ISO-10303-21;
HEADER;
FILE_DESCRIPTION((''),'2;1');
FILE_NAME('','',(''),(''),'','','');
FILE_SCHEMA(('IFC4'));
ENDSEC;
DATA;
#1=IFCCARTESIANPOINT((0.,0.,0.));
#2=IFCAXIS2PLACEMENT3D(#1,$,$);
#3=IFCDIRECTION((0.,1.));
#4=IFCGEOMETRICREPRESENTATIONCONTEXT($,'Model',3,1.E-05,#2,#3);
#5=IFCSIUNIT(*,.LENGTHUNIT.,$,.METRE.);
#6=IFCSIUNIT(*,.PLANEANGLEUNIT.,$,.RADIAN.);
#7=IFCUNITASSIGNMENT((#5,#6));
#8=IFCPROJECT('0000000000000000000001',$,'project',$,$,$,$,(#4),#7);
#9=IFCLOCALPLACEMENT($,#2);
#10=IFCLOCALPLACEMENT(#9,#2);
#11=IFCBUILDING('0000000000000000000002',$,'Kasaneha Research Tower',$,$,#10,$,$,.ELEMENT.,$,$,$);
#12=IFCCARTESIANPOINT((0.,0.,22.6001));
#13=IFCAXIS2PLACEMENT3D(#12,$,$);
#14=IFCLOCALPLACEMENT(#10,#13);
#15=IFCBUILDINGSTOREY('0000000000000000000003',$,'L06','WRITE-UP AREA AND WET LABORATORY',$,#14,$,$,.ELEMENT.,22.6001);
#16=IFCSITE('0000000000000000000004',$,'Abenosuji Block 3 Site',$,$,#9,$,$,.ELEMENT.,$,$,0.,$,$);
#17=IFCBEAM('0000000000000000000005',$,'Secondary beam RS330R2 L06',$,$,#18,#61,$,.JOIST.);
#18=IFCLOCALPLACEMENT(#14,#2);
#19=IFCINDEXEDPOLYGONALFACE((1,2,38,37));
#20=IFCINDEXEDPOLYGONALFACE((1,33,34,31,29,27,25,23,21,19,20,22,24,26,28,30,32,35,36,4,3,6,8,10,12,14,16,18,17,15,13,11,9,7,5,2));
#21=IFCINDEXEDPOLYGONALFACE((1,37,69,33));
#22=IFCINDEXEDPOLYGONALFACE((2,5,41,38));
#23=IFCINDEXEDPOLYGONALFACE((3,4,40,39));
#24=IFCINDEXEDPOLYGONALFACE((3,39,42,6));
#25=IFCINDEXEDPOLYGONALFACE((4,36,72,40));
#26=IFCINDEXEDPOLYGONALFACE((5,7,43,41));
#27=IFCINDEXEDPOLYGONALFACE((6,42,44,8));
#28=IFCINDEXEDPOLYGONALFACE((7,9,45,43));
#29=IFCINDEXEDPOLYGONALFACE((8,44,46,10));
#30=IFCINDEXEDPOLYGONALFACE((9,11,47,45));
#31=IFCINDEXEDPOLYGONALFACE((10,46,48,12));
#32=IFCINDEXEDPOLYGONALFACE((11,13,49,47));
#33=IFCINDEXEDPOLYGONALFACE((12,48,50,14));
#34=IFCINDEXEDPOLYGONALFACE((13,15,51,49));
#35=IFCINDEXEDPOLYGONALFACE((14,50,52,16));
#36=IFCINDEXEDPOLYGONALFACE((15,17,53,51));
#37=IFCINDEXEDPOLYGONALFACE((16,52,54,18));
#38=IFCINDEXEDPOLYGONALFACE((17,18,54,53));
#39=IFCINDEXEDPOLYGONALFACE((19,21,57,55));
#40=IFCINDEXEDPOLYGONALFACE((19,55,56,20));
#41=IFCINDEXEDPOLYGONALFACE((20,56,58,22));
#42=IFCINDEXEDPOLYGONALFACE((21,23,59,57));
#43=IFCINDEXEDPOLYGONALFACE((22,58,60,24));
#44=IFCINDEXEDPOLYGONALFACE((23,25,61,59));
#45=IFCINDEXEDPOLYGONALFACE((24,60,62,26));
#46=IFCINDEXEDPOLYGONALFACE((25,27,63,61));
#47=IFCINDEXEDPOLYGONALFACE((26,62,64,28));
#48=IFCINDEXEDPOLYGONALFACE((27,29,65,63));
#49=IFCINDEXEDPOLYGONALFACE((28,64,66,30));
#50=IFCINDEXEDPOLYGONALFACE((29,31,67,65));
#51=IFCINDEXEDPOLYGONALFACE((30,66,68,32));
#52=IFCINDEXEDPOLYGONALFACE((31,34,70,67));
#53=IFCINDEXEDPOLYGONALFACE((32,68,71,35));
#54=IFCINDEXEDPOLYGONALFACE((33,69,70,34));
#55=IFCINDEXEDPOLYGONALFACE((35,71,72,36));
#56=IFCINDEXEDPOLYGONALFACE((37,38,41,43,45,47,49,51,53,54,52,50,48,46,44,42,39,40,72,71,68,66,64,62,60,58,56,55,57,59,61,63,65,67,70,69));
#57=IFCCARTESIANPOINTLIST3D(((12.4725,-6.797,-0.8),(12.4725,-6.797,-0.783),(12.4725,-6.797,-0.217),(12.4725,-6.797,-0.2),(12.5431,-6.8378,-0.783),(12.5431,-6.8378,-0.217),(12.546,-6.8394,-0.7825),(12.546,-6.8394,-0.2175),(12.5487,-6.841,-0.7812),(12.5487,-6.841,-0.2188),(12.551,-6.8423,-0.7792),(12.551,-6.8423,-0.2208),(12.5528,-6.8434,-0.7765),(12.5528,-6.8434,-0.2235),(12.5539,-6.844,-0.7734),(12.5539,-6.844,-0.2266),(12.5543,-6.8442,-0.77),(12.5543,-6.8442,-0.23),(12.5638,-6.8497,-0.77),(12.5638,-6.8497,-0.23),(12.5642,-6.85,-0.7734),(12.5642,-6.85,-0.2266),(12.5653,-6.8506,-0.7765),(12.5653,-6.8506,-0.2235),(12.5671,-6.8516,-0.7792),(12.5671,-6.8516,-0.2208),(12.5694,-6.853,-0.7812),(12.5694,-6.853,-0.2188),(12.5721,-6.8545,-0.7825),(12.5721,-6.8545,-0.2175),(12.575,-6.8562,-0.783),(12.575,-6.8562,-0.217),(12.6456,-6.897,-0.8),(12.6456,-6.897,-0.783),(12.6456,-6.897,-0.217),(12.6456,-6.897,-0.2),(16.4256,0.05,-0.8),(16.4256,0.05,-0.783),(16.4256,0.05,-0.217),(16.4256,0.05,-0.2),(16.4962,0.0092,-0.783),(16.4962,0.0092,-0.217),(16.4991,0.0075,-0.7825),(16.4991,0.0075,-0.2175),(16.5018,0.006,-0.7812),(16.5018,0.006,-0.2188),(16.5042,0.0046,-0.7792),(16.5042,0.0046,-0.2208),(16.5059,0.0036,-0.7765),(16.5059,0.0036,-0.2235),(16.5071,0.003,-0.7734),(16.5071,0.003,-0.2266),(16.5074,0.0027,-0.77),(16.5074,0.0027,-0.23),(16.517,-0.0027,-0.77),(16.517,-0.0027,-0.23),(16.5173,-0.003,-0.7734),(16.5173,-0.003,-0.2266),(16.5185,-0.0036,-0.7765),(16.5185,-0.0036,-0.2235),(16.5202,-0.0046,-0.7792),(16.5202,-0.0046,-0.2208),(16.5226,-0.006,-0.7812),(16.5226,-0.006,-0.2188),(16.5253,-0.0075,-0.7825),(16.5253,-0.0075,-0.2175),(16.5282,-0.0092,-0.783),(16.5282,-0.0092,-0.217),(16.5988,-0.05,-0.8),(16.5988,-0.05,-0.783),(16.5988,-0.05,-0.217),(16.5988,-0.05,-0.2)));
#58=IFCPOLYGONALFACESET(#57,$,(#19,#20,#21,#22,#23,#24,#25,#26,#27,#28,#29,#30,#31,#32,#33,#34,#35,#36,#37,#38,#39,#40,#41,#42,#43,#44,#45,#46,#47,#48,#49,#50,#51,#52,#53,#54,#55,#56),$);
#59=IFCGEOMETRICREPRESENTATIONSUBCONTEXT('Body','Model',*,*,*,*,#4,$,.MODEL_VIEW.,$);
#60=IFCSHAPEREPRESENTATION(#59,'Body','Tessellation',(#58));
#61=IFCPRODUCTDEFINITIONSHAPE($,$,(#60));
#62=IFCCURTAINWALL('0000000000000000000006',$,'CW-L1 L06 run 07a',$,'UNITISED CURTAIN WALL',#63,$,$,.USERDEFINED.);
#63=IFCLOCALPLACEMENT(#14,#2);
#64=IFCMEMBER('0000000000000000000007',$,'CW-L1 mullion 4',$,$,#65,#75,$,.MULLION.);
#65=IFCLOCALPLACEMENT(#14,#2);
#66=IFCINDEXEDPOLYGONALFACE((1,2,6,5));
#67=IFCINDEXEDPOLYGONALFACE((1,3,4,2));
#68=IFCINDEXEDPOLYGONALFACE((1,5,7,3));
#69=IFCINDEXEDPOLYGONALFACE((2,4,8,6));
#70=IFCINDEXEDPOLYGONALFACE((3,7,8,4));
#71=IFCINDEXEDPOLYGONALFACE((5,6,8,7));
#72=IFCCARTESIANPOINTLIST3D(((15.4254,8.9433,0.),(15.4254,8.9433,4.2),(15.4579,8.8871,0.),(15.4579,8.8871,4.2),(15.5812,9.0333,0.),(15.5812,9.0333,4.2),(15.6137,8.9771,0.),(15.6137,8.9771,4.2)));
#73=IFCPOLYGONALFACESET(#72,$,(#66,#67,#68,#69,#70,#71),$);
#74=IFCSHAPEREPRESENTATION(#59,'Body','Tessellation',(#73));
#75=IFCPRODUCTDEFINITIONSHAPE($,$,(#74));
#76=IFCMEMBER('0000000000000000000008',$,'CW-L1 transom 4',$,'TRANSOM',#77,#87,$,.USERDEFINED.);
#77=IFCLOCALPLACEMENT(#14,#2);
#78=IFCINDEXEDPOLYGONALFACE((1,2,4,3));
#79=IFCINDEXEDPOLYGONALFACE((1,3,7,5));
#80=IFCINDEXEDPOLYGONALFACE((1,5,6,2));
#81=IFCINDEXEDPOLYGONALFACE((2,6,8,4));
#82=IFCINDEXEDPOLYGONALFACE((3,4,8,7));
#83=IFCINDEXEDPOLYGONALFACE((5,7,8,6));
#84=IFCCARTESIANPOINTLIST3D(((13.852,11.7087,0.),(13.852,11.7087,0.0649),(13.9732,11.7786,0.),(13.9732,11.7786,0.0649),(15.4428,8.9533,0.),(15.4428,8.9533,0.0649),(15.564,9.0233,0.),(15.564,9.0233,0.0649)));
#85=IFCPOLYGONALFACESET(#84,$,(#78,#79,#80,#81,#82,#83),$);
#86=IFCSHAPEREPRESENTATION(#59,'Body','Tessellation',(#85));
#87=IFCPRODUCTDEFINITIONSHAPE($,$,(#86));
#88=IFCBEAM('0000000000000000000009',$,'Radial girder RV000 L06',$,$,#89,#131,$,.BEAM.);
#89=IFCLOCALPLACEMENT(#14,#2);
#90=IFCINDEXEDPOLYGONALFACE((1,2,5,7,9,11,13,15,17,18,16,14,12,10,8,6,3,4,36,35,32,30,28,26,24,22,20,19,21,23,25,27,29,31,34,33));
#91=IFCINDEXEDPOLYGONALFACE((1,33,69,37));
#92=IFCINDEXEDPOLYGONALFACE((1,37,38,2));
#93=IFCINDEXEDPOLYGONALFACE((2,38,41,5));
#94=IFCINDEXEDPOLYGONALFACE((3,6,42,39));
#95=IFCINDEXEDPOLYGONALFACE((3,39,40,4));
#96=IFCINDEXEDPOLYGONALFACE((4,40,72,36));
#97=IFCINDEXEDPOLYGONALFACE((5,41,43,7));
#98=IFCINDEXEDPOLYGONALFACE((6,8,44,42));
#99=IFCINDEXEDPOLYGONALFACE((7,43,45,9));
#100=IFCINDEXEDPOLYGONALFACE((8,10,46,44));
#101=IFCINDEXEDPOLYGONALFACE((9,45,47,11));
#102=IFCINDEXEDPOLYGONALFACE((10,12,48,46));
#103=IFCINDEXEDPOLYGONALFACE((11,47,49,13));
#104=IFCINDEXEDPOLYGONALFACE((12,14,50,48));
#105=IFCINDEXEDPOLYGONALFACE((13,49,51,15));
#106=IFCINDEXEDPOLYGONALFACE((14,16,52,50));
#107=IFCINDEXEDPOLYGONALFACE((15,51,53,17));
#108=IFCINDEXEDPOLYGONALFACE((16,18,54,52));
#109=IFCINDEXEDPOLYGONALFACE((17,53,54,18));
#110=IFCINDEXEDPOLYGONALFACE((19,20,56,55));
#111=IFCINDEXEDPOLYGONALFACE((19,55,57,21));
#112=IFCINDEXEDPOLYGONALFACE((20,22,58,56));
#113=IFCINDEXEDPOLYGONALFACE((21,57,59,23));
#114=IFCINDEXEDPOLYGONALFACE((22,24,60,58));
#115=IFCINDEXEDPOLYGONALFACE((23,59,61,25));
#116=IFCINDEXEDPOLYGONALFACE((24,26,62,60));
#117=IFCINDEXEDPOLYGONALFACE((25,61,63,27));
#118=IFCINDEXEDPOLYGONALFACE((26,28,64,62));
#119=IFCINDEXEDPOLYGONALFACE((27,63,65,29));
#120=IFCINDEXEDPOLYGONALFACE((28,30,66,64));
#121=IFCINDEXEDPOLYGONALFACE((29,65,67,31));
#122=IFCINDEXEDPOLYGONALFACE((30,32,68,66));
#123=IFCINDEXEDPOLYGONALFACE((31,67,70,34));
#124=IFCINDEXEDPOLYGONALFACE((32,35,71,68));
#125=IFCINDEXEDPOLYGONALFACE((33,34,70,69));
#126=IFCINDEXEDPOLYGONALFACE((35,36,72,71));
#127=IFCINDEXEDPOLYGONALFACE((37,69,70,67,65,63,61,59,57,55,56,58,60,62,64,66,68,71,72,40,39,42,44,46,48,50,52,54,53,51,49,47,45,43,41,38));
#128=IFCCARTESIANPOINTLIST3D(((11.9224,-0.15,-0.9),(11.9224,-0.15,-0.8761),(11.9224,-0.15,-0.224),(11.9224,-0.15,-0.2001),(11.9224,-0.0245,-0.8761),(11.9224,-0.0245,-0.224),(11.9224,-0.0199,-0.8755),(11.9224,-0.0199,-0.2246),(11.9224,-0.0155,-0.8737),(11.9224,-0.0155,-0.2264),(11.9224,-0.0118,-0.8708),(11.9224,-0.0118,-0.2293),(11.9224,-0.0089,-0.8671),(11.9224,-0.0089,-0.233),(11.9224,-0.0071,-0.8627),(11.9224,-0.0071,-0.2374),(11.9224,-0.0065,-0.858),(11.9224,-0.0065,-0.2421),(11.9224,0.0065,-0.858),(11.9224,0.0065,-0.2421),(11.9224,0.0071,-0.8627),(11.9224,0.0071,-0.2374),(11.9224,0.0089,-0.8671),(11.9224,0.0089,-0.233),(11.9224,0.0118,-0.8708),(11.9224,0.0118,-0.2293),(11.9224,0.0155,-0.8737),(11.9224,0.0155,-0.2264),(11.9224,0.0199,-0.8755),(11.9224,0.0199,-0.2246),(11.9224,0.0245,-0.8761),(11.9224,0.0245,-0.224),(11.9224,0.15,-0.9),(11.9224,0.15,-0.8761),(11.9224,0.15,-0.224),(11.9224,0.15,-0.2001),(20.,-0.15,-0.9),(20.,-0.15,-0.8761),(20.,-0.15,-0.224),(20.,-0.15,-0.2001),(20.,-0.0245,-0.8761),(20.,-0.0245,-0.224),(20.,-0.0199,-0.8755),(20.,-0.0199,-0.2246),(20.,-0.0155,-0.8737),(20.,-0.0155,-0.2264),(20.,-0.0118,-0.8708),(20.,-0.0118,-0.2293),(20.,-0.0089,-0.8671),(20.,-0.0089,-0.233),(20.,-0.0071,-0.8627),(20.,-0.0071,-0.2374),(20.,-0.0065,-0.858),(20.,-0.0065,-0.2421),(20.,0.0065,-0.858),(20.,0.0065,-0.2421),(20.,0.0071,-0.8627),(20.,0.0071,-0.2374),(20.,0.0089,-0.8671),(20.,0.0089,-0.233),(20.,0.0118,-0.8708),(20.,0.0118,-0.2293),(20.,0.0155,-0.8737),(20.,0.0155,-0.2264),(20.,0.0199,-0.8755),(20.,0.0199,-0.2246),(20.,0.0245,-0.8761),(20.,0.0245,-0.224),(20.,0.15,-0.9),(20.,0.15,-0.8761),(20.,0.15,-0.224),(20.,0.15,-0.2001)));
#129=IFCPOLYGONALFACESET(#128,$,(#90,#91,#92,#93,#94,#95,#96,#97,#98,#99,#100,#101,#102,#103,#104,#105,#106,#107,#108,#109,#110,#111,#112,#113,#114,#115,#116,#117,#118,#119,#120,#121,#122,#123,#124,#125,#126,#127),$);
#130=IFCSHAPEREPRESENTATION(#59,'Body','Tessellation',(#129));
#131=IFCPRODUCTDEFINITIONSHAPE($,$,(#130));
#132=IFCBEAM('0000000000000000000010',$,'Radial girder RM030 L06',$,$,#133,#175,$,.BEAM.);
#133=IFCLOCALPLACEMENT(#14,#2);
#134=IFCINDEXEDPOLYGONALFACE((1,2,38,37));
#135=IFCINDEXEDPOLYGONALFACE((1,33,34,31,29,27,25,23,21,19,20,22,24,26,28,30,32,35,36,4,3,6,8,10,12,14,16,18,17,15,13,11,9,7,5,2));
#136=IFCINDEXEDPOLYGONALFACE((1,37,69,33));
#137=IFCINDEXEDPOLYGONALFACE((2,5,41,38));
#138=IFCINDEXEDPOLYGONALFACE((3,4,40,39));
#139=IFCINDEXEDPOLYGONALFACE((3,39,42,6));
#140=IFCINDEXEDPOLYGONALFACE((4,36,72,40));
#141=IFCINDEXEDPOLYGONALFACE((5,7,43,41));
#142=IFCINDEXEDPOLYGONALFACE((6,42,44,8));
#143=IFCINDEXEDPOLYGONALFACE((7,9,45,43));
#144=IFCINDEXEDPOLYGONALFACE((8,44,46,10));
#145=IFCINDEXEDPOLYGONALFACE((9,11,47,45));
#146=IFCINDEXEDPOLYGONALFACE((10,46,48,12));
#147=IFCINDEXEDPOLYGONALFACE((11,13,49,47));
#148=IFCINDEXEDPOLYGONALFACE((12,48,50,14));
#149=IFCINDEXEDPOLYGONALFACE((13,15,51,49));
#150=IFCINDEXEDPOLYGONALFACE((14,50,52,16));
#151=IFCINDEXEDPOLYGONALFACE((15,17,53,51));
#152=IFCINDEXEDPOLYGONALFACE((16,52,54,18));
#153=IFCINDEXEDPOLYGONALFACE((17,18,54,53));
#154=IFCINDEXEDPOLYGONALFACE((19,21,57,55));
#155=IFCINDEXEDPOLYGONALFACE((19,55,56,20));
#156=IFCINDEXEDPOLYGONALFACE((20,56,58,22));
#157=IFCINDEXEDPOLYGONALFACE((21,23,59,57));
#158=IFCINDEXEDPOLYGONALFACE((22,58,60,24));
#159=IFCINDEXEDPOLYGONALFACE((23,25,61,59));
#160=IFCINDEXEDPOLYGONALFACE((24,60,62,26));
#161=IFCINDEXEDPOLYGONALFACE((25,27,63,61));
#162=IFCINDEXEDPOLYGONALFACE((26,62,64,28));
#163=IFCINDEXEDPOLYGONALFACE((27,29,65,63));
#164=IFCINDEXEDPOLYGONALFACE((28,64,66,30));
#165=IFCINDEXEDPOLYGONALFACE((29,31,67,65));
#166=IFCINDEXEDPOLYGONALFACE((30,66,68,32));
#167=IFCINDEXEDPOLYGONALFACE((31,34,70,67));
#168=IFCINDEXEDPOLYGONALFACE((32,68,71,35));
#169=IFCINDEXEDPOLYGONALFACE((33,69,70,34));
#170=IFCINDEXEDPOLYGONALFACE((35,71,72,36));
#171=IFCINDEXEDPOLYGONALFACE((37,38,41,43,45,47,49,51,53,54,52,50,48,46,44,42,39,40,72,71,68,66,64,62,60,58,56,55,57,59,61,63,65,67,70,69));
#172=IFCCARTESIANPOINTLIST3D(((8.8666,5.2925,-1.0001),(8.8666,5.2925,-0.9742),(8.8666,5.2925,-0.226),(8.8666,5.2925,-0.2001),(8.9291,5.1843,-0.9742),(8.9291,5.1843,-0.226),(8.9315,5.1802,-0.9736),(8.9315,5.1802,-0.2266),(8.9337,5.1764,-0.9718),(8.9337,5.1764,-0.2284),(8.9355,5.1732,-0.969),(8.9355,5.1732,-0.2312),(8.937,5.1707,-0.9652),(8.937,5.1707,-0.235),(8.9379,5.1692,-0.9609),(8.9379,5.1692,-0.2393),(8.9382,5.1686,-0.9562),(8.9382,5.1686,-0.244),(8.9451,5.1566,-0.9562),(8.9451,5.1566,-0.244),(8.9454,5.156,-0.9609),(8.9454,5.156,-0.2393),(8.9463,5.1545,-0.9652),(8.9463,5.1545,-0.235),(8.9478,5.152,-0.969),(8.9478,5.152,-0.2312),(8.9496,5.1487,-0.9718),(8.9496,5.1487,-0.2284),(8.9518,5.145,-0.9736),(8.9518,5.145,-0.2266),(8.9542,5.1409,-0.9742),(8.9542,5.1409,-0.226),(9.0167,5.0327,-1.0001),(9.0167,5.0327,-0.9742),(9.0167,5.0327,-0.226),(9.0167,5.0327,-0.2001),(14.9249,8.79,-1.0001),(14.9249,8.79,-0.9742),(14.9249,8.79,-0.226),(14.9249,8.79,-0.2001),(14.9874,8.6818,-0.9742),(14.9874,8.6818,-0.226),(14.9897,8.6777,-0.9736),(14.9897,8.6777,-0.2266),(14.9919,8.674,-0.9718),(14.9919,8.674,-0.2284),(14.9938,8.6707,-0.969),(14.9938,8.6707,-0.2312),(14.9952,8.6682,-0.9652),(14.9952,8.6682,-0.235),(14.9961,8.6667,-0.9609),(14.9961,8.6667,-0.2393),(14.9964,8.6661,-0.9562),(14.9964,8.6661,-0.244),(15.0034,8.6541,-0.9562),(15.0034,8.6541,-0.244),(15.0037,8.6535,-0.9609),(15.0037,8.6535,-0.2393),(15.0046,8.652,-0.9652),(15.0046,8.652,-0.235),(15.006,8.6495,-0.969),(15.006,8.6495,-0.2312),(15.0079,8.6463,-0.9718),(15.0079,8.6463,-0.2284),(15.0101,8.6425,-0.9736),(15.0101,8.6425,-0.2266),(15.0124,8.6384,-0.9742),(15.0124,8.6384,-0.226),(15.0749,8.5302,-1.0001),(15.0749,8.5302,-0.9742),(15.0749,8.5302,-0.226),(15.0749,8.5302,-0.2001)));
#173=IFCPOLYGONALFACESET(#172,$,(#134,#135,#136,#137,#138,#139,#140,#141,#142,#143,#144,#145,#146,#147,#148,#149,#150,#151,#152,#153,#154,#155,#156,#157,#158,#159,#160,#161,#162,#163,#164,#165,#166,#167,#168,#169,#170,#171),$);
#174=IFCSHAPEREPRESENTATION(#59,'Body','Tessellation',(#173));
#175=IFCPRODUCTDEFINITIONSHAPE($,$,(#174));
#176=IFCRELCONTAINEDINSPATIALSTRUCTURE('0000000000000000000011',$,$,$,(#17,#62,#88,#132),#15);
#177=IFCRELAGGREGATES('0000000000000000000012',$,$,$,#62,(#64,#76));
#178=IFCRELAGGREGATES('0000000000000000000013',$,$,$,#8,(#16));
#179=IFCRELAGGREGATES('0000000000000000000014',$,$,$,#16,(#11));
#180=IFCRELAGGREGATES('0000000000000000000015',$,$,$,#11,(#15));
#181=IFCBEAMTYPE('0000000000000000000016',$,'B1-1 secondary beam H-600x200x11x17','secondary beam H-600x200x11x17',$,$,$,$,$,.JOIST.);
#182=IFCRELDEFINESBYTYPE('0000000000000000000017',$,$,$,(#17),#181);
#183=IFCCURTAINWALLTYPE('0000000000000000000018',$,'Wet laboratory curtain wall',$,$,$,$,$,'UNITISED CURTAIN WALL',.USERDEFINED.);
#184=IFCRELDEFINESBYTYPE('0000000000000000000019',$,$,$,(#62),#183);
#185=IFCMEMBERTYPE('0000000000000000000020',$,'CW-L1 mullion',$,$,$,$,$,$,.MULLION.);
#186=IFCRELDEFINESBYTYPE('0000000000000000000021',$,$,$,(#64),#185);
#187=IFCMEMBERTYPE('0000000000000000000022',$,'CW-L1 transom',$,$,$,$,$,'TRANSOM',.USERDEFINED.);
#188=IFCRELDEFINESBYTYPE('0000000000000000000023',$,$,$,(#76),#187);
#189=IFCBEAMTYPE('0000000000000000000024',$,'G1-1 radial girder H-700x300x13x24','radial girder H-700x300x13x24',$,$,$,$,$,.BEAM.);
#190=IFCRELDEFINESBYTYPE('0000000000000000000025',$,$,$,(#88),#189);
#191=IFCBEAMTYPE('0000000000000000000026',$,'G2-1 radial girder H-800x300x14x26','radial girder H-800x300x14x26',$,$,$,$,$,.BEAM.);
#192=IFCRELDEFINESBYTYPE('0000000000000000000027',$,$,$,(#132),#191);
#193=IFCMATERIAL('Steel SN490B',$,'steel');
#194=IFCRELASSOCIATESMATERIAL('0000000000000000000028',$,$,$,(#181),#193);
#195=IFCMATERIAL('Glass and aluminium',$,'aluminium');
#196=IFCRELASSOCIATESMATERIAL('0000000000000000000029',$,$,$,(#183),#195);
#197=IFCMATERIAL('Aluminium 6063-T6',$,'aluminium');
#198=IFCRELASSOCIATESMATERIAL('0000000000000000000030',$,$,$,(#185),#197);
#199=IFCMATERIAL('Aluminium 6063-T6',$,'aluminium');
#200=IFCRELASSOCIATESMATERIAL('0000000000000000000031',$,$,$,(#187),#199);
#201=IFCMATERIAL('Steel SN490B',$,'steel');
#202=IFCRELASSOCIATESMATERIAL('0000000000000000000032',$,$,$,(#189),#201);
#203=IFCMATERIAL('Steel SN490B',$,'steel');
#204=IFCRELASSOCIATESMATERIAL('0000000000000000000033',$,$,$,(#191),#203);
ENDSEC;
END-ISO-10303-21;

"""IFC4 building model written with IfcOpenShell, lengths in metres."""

from ifc_helpers import new_model, si_unit, direction, frame, origin, origin_2d, place, context, subcontext, project, spatial, rectangle, i_section, extrude, material, material_profile, profile_set, type_object, element, aggregate, save


model = new_model("IFC4")

# Units and contexts
model_context = context("Model", 3, precision=1e-05, world=origin(), true_north=direction((0.0, 1.0)))
body_context = subcontext(model_context, "Body", "Model", "MODEL_VIEW")
ifc_project = project(units=[si_unit("LENGTHUNIT", "METRE"), si_unit("PLANEANGLEUNIT", "RADIAN")], contexts=[model_context])

# Site, building, storey
site_placement = place(None, origin())
site = spatial("IfcSite", under=ifc_project, at=site_placement, Name="Abenosuji Block 3 Site", CompositionType="ELEMENT", RefElevation=0.0)
building_placement = place(site_placement, origin())
building = spatial("IfcBuilding", under=site, at=building_placement, Name="Kasaneha Research Tower", CompositionType="ELEMENT")
storey_placement = place(building_placement, frame((0.0, 0.0, 22.6001)))
storey = spatial("IfcBuildingStorey", under=building, at=storey_placement, Name="L06", Description="WRITE-UP AREA AND WET LABORATORY", CompositionType="ELEMENT", Elevation=22.6001)

# Beam
ifc_material_1 = material(Name="Steel SN490B", Category="steel")
ifc_material_profile_1 = material_profile(ifc_material_1, i_section(OverallWidth=0.2, OverallDepth=0.6001, WebThickness=0.011, FlangeThickness=0.0171, FilletRadius=0.0129, at=origin_2d()), Name="H-600x200x11x17")
ifc_profile_set_1 = profile_set([ifc_material_profile_1], Name="Steel SN490B")
beam_type_1 = type_object("IfcBeamType", Name="B1-1 secondary beam H-600x200x11x17", Description="secondary beam H-600x200x11x17", PredefinedType="JOIST", material=ifc_profile_set_1)
beam_1_placement = place(storey_placement, frame((16.5122, 0.0, -0.5), z_axis=(-0.500005, -0.866023, 0.0), x_axis=(0.866023, -0.500005, 0.0)))
element("IfcBeam", 1, at=beam_1_placement, inside=storey, type_object=beam_type_1, Name="Secondary beam RS330R2 L06", PredefinedType="JOIST", context=body_context, shape_type="SweptSolid", body=[
    extrude(i_section(OverallWidth=0.2, OverallDepth=0.6001, WebThickness=0.011, FlangeThickness=0.0171, FilletRadius=0.0129, at=origin_2d()), origin(), (0.0, 0.0, 1.0), 7.9062),
])

# Curtain wall, members
ifc_material_2 = material(Name="Glass and aluminium", Category="aluminium")
curtain_wall_type = type_object("IfcCurtainWallType", Name="Wet laboratory curtain wall", ElementType="UNITISED CURTAIN WALL", PredefinedType="USERDEFINED", material=ifc_material_2)
curtain_wall_placement = place(storey_placement, origin())
curtain_wall = element("IfcCurtainWall", 2, at=curtain_wall_placement, inside=storey, type_object=curtain_wall_type, Name="CW-L1 L06 run 07a", ObjectType="UNITISED CURTAIN WALL", PredefinedType="USERDEFINED")
ifc_material_3 = material(Name="Aluminium 6063-T6", Category="aluminium")
ifc_material_profile_2 = material_profile(ifc_material_3, rectangle(XDim=0.0649, YDim=0.1799, at=origin_2d()), Name="CW-L1 mullion 65x180")
ifc_profile_set_2 = profile_set([ifc_material_profile_2], Name="Aluminium 6063-T6")
member_type_1 = type_object("IfcMemberType", Name="CW-L1 mullion", PredefinedType="MULLION", material=ifc_profile_set_2)
member_1_placement = place(storey_placement, frame((15.5195, 8.9602, 0.0), z_axis=(0.0, 0.0, 1.0), x_axis=(-0.5, 0.866025, 0.0)))
member_1 = element("IfcMember", 3, at=member_1_placement, type_object=member_type_1, Name="CW-L1 mullion 4", PredefinedType="MULLION", context=body_context, shape_type="SweptSolid", body=[
    extrude(rectangle(XDim=0.0649, YDim=0.1799, at=origin_2d()), origin(), (0.0, 0.0, 1.0), 4.2),
])
ifc_material_4 = material(Name="Aluminium 6063-T6", Category="aluminium")
ifc_material_profile_3 = material_profile(ifc_material_4, rectangle(XDim=0.1399, YDim=0.0649, at=origin_2d()), Name="CW-L1 transom 140x65")
ifc_profile_set_3 = profile_set([ifc_material_profile_3], Name="Aluminium 6063-T6")
member_type_2 = type_object("IfcMemberType", Name="CW-L1 transom", ElementType="TRANSOM", PredefinedType="USERDEFINED", material=ifc_profile_set_3)
member_2_placement = place(storey_placement, frame((15.5034, 8.9883, 0.0325), z_axis=(-0.500001, 0.866025, 0.0), x_axis=(-0.866025, -0.500001, 0.0)))
member_2 = element("IfcMember", 4, at=member_2_placement, type_object=member_type_2, Name="CW-L1 transom 4", ObjectType="TRANSOM", PredefinedType="USERDEFINED", context=body_context, shape_type="SweptSolid", body=[
    extrude(rectangle(XDim=0.1399, YDim=0.0649, at=origin_2d()), origin(), (0.0, 0.0, 1.0), 3.1816),
])

# Beams
ifc_material_5 = material(Name="Steel SN490B", Category="steel")
ifc_material_profile_4 = material_profile(ifc_material_5, i_section(OverallWidth=0.3, OverallDepth=0.7, WebThickness=0.0129, FlangeThickness=0.0239, FilletRadius=0.0181, at=origin_2d()), Name="H-700x300x13x24")
ifc_profile_set_4 = profile_set([ifc_material_profile_4], Name="Steel SN490B")
beam_type_2 = type_object("IfcBeamType", Name="G1-1 radial girder H-700x300x13x24", Description="radial girder H-700x300x13x24", PredefinedType="BEAM", material=ifc_profile_set_4)
beam_2_placement = place(storey_placement, frame((11.9224, 0.0, -0.55), z_axis=(1.0, 0.0, 0.0), x_axis=(0.0, 1.0, 0.0)))
element("IfcBeam", 5, at=beam_2_placement, inside=storey, type_object=beam_type_2, Name="Radial girder RV000 L06", PredefinedType="BEAM", context=body_context, shape_type="SweptSolid", body=[
    extrude(i_section(OverallWidth=0.3, OverallDepth=0.7, WebThickness=0.0129, FlangeThickness=0.0239, FilletRadius=0.0181, at=origin_2d()), origin(), (0.0, 0.0, 1.0), 8.0776),
])
ifc_material_6 = material(Name="Steel SN490B", Category="steel")
ifc_material_profile_5 = material_profile(ifc_material_6, i_section(OverallWidth=0.3, OverallDepth=0.8, WebThickness=0.0139, FlangeThickness=0.0259, FilletRadius=0.0181, at=origin_2d()), Name="H-800x300x14x26")
ifc_profile_set_5 = profile_set([ifc_material_profile_5], Name="Steel SN490B")
beam_type_3 = type_object("IfcBeamType", Name="G2-1 radial girder H-800x300x14x26", Description="radial girder H-800x300x14x26", PredefinedType="BEAM", material=ifc_profile_set_5)
beam_3_placement = place(storey_placement, frame((8.9417, 5.1626, -0.6001), z_axis=(0.86604, 0.499975, 0.0), x_axis=(-0.499975, 0.86604, 0.0)))
element("IfcBeam", 6, at=beam_3_placement, inside=storey, type_object=beam_type_3, Name="Radial girder RM030 L06", PredefinedType="BEAM", context=body_context, shape_type="SweptSolid", body=[
    extrude(i_section(OverallWidth=0.3, OverallDepth=0.8, WebThickness=0.0139, FlangeThickness=0.0259, FilletRadius=0.0181, at=origin_2d()), origin(), (0.0, 0.0, 1.0), 6.9954),
])

aggregate(curtain_wall, [member_1, member_2])

save(model, "model.ifc")
